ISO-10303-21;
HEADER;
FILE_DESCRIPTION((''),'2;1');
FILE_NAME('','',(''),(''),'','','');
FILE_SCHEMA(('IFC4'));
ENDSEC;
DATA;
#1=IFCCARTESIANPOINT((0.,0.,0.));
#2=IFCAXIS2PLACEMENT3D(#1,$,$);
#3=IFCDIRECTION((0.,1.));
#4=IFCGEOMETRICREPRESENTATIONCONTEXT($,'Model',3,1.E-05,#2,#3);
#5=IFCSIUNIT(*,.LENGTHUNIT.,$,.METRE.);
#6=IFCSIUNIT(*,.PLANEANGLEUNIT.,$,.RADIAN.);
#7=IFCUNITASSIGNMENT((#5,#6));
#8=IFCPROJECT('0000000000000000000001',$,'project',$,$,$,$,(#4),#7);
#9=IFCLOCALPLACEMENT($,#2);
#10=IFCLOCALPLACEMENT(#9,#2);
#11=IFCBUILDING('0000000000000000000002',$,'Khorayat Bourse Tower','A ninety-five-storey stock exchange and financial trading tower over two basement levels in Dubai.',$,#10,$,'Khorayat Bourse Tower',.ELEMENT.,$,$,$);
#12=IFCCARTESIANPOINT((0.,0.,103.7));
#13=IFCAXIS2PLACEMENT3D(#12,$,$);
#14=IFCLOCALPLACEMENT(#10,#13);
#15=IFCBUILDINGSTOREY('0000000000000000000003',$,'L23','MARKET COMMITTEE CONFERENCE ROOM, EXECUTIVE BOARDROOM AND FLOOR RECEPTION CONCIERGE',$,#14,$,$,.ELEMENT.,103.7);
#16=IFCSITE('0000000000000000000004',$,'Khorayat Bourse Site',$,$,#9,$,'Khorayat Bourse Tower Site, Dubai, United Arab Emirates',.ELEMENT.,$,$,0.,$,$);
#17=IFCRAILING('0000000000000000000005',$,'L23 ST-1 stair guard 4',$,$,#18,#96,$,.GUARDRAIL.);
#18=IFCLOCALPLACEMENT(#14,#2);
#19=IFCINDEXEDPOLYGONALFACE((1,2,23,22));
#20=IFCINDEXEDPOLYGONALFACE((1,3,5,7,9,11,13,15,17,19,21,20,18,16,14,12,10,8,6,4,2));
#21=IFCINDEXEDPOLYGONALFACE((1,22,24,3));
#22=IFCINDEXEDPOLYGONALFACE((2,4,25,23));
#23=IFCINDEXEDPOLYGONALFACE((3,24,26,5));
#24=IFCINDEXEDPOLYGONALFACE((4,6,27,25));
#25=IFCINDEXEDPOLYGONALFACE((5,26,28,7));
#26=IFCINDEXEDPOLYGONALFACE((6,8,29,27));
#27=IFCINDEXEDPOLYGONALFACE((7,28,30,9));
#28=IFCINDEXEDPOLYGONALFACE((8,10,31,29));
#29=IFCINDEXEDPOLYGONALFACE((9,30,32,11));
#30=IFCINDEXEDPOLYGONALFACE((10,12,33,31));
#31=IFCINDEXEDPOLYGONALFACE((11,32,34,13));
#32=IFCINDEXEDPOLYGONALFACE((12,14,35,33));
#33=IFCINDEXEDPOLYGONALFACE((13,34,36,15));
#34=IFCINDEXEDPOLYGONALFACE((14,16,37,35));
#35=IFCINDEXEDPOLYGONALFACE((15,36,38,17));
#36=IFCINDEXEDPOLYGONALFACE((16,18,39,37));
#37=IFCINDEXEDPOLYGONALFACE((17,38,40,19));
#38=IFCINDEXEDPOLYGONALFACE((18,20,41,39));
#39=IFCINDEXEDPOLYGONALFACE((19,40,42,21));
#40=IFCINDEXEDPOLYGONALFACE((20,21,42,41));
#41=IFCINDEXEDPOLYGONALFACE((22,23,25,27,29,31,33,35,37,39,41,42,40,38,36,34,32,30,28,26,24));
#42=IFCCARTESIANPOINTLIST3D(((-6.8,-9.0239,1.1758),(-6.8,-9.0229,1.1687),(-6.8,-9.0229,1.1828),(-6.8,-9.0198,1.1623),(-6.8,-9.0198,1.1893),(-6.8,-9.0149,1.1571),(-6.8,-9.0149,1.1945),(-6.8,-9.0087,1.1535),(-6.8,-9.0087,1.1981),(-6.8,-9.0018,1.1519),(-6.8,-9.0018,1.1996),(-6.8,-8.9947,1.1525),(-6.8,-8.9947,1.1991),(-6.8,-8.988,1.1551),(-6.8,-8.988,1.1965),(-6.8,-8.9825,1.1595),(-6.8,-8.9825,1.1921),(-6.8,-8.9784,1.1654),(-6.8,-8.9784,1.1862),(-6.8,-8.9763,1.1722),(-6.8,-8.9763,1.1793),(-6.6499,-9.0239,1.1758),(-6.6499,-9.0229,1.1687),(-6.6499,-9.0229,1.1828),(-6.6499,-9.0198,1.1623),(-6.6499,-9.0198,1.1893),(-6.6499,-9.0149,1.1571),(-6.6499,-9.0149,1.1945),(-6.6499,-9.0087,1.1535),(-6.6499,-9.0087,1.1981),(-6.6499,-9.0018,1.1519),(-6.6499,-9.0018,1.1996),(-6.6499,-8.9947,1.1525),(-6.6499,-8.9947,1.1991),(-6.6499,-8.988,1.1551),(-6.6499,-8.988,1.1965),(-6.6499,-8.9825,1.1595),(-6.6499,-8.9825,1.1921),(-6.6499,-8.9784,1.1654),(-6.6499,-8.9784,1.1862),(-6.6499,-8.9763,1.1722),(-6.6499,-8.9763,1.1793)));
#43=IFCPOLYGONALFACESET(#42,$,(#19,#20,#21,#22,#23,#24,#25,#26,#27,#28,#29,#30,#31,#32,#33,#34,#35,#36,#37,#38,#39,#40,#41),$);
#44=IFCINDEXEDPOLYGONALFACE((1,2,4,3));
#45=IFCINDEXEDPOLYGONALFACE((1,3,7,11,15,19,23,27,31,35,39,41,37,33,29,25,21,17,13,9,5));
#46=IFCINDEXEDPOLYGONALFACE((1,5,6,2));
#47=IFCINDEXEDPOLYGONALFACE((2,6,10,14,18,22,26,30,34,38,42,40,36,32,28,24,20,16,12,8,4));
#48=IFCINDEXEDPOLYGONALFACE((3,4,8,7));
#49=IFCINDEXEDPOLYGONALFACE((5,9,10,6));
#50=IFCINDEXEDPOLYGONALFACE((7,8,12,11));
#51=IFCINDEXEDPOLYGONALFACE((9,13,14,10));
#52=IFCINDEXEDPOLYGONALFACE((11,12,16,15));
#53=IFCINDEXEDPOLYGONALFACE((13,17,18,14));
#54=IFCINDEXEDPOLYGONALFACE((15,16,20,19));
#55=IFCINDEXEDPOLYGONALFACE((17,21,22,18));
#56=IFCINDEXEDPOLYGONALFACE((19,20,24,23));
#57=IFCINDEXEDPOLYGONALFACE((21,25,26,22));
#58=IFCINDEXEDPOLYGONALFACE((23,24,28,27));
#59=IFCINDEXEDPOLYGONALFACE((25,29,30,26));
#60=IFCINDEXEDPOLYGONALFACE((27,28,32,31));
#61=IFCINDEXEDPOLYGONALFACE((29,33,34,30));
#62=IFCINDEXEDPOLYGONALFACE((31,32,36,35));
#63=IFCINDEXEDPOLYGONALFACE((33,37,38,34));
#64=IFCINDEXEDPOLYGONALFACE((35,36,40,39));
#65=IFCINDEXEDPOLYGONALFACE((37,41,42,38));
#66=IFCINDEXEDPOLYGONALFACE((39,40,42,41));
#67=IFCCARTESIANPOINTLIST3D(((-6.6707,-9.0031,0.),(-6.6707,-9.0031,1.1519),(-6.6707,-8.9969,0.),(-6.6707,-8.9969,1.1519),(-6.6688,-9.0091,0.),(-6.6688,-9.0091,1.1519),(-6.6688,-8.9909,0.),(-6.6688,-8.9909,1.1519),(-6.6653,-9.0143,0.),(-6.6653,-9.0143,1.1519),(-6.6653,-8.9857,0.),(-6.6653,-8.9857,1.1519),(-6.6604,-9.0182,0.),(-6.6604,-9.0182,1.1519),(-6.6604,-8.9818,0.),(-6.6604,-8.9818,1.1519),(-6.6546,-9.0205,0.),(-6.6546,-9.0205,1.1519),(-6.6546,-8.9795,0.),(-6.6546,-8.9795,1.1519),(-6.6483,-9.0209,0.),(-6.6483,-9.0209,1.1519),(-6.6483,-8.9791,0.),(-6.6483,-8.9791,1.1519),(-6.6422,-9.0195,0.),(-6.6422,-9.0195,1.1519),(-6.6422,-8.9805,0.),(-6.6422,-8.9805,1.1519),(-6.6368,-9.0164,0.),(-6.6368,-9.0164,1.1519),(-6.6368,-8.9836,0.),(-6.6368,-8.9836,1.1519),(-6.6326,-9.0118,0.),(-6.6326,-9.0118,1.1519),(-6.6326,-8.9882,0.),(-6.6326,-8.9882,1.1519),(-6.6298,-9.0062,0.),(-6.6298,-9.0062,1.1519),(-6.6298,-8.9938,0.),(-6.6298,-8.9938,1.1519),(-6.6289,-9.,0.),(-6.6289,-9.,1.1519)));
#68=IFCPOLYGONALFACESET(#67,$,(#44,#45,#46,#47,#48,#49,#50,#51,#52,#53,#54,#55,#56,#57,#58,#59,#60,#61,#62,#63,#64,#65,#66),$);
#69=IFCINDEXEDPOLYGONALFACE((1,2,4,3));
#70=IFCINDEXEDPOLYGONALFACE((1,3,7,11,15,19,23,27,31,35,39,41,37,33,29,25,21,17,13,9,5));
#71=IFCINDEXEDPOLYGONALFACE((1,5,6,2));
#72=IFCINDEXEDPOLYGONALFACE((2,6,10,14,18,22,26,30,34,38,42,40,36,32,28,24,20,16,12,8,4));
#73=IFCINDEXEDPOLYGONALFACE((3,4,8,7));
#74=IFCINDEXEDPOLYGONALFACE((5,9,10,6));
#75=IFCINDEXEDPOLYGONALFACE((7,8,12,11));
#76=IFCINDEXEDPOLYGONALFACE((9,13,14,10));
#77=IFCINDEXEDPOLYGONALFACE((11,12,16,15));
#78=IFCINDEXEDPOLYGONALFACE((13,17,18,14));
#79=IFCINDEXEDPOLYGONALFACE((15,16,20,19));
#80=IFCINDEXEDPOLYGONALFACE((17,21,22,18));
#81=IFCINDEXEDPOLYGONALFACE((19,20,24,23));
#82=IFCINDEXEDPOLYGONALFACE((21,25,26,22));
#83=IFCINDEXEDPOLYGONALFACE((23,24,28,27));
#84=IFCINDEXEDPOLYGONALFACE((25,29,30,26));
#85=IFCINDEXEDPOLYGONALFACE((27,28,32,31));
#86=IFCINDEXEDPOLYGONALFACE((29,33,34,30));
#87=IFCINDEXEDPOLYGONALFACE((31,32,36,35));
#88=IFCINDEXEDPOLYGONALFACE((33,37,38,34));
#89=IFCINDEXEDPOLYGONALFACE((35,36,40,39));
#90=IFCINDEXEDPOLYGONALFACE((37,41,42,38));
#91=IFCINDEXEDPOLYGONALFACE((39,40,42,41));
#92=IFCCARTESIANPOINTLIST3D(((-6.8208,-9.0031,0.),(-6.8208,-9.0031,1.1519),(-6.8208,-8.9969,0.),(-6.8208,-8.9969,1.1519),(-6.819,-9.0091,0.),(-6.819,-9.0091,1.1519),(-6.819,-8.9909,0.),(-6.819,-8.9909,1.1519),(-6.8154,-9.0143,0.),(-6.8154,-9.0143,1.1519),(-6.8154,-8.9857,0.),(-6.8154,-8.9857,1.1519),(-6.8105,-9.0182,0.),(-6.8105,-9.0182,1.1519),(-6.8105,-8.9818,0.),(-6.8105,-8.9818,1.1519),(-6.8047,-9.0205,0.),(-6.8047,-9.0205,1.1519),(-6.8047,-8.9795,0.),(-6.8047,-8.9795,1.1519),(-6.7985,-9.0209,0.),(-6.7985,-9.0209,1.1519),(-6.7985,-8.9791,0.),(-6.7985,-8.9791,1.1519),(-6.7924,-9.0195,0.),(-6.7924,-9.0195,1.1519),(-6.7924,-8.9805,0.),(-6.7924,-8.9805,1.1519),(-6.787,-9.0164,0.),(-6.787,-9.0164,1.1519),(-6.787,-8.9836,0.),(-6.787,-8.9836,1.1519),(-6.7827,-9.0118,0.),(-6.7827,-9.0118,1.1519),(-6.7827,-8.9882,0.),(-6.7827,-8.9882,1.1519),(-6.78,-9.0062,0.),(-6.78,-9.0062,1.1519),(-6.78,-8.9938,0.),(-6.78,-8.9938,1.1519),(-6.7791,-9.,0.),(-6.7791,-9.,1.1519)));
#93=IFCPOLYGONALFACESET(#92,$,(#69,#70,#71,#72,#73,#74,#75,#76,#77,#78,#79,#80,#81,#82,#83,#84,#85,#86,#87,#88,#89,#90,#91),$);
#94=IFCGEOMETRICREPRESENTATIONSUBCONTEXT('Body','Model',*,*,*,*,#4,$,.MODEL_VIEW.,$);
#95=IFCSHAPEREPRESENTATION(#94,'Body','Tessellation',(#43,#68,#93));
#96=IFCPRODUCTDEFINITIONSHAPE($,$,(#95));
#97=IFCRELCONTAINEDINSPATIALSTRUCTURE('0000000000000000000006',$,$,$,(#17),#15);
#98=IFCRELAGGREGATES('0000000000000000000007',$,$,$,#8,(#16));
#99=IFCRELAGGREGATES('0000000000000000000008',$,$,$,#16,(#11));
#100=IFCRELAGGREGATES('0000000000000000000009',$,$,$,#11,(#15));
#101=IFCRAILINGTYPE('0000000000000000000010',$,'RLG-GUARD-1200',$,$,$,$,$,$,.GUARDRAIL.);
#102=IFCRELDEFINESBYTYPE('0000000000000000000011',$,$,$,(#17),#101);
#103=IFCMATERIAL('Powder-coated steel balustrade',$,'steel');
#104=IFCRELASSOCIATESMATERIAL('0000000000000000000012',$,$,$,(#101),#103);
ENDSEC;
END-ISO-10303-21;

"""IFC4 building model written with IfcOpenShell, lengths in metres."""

from ifc_helpers import new_model, si_unit, direction, frame, origin, origin_2d, place, context, subcontext, project, spatial, circle, extrude, source, transform, mapped, material, type_object, element, save


model = new_model("IFC4")

# Units and contexts
model_context = context("Model", 3, precision=1e-05, world=origin(), true_north=direction((0.0, 1.0)))
body_context = subcontext(model_context, "Body", "Model", "MODEL_VIEW")
ifc_project = project(units=[si_unit("LENGTHUNIT", "METRE"), si_unit("PLANEANGLEUNIT", "RADIAN")], contexts=[model_context])

# Site, building, storey
site_placement = place(None, origin())
site = spatial("IfcSite", under=ifc_project, at=site_placement, Name="Khorayat Bourse Site", LongName="Khorayat Bourse Tower Site, Dubai, United Arab Emirates", CompositionType="ELEMENT", RefElevation=0.0)
building_placement = place(site_placement, origin())
building = spatial("IfcBuilding", under=site, at=building_placement, Name="Khorayat Bourse Tower", Description="A ninety-five-storey stock exchange and financial trading tower over two basement levels in Dubai.", LongName="Khorayat Bourse Tower", CompositionType="ELEMENT")
storey_placement = place(building_placement, frame((0.0, 0.0, 103.7)))
storey = spatial("IfcBuildingStorey", under=building, at=storey_placement, Name="L23", Description="MARKET COMMITTEE CONFERENCE ROOM, EXECUTIVE BOARDROOM AND FLOOR RECEPTION CONCIERGE", CompositionType="ELEMENT", Elevation=103.7)

# Railing
ifc_material_1 = material(Name="Powder-coated steel balustrade", Category="steel")
railing_type_1 = type_object("IfcRailingType", Name="RLG-GUARD-1200", PredefinedType="GUARDRAIL", material=ifc_material_1)
shared_shape_1 = source(origin(), body_context, "Body", "SweptSolid", [
    extrude(circle(Radius=0.0239, at=origin_2d()), frame((0.0, 0.0, 1.1758), z_axis=(-1.0, 0.0, 0.0), x_axis=(0.0, -1.0, 0.0)), (0.0, 0.0, 1.0), 0.1501),
    extrude(circle(Radius=0.021, at=origin_2d()), origin(), (0.0, 0.0, 1.0), 1.1519),
    extrude(circle(Radius=0.021, at=origin_2d()), frame((-0.1501, 0.0, 0.0)), (0.0, 0.0, 1.0), 1.1519),
])
for number, where, name in (
    (1, (-6.6499, -9.0, 0.0), "L23 ST-1 stair guard 4"),
):
    element("IfcRailing", number, at=place(storey_placement, frame(where)), inside=storey, type_object=railing_type_1, Name=name, PredefinedType="GUARDRAIL", context=body_context, shape_type="MappedRepresentation", body=[
        mapped(shared_shape_1, transform((0.0, 0.0, 0.0), scale=1.0)),
    ])

save(model, "model.ifc")
